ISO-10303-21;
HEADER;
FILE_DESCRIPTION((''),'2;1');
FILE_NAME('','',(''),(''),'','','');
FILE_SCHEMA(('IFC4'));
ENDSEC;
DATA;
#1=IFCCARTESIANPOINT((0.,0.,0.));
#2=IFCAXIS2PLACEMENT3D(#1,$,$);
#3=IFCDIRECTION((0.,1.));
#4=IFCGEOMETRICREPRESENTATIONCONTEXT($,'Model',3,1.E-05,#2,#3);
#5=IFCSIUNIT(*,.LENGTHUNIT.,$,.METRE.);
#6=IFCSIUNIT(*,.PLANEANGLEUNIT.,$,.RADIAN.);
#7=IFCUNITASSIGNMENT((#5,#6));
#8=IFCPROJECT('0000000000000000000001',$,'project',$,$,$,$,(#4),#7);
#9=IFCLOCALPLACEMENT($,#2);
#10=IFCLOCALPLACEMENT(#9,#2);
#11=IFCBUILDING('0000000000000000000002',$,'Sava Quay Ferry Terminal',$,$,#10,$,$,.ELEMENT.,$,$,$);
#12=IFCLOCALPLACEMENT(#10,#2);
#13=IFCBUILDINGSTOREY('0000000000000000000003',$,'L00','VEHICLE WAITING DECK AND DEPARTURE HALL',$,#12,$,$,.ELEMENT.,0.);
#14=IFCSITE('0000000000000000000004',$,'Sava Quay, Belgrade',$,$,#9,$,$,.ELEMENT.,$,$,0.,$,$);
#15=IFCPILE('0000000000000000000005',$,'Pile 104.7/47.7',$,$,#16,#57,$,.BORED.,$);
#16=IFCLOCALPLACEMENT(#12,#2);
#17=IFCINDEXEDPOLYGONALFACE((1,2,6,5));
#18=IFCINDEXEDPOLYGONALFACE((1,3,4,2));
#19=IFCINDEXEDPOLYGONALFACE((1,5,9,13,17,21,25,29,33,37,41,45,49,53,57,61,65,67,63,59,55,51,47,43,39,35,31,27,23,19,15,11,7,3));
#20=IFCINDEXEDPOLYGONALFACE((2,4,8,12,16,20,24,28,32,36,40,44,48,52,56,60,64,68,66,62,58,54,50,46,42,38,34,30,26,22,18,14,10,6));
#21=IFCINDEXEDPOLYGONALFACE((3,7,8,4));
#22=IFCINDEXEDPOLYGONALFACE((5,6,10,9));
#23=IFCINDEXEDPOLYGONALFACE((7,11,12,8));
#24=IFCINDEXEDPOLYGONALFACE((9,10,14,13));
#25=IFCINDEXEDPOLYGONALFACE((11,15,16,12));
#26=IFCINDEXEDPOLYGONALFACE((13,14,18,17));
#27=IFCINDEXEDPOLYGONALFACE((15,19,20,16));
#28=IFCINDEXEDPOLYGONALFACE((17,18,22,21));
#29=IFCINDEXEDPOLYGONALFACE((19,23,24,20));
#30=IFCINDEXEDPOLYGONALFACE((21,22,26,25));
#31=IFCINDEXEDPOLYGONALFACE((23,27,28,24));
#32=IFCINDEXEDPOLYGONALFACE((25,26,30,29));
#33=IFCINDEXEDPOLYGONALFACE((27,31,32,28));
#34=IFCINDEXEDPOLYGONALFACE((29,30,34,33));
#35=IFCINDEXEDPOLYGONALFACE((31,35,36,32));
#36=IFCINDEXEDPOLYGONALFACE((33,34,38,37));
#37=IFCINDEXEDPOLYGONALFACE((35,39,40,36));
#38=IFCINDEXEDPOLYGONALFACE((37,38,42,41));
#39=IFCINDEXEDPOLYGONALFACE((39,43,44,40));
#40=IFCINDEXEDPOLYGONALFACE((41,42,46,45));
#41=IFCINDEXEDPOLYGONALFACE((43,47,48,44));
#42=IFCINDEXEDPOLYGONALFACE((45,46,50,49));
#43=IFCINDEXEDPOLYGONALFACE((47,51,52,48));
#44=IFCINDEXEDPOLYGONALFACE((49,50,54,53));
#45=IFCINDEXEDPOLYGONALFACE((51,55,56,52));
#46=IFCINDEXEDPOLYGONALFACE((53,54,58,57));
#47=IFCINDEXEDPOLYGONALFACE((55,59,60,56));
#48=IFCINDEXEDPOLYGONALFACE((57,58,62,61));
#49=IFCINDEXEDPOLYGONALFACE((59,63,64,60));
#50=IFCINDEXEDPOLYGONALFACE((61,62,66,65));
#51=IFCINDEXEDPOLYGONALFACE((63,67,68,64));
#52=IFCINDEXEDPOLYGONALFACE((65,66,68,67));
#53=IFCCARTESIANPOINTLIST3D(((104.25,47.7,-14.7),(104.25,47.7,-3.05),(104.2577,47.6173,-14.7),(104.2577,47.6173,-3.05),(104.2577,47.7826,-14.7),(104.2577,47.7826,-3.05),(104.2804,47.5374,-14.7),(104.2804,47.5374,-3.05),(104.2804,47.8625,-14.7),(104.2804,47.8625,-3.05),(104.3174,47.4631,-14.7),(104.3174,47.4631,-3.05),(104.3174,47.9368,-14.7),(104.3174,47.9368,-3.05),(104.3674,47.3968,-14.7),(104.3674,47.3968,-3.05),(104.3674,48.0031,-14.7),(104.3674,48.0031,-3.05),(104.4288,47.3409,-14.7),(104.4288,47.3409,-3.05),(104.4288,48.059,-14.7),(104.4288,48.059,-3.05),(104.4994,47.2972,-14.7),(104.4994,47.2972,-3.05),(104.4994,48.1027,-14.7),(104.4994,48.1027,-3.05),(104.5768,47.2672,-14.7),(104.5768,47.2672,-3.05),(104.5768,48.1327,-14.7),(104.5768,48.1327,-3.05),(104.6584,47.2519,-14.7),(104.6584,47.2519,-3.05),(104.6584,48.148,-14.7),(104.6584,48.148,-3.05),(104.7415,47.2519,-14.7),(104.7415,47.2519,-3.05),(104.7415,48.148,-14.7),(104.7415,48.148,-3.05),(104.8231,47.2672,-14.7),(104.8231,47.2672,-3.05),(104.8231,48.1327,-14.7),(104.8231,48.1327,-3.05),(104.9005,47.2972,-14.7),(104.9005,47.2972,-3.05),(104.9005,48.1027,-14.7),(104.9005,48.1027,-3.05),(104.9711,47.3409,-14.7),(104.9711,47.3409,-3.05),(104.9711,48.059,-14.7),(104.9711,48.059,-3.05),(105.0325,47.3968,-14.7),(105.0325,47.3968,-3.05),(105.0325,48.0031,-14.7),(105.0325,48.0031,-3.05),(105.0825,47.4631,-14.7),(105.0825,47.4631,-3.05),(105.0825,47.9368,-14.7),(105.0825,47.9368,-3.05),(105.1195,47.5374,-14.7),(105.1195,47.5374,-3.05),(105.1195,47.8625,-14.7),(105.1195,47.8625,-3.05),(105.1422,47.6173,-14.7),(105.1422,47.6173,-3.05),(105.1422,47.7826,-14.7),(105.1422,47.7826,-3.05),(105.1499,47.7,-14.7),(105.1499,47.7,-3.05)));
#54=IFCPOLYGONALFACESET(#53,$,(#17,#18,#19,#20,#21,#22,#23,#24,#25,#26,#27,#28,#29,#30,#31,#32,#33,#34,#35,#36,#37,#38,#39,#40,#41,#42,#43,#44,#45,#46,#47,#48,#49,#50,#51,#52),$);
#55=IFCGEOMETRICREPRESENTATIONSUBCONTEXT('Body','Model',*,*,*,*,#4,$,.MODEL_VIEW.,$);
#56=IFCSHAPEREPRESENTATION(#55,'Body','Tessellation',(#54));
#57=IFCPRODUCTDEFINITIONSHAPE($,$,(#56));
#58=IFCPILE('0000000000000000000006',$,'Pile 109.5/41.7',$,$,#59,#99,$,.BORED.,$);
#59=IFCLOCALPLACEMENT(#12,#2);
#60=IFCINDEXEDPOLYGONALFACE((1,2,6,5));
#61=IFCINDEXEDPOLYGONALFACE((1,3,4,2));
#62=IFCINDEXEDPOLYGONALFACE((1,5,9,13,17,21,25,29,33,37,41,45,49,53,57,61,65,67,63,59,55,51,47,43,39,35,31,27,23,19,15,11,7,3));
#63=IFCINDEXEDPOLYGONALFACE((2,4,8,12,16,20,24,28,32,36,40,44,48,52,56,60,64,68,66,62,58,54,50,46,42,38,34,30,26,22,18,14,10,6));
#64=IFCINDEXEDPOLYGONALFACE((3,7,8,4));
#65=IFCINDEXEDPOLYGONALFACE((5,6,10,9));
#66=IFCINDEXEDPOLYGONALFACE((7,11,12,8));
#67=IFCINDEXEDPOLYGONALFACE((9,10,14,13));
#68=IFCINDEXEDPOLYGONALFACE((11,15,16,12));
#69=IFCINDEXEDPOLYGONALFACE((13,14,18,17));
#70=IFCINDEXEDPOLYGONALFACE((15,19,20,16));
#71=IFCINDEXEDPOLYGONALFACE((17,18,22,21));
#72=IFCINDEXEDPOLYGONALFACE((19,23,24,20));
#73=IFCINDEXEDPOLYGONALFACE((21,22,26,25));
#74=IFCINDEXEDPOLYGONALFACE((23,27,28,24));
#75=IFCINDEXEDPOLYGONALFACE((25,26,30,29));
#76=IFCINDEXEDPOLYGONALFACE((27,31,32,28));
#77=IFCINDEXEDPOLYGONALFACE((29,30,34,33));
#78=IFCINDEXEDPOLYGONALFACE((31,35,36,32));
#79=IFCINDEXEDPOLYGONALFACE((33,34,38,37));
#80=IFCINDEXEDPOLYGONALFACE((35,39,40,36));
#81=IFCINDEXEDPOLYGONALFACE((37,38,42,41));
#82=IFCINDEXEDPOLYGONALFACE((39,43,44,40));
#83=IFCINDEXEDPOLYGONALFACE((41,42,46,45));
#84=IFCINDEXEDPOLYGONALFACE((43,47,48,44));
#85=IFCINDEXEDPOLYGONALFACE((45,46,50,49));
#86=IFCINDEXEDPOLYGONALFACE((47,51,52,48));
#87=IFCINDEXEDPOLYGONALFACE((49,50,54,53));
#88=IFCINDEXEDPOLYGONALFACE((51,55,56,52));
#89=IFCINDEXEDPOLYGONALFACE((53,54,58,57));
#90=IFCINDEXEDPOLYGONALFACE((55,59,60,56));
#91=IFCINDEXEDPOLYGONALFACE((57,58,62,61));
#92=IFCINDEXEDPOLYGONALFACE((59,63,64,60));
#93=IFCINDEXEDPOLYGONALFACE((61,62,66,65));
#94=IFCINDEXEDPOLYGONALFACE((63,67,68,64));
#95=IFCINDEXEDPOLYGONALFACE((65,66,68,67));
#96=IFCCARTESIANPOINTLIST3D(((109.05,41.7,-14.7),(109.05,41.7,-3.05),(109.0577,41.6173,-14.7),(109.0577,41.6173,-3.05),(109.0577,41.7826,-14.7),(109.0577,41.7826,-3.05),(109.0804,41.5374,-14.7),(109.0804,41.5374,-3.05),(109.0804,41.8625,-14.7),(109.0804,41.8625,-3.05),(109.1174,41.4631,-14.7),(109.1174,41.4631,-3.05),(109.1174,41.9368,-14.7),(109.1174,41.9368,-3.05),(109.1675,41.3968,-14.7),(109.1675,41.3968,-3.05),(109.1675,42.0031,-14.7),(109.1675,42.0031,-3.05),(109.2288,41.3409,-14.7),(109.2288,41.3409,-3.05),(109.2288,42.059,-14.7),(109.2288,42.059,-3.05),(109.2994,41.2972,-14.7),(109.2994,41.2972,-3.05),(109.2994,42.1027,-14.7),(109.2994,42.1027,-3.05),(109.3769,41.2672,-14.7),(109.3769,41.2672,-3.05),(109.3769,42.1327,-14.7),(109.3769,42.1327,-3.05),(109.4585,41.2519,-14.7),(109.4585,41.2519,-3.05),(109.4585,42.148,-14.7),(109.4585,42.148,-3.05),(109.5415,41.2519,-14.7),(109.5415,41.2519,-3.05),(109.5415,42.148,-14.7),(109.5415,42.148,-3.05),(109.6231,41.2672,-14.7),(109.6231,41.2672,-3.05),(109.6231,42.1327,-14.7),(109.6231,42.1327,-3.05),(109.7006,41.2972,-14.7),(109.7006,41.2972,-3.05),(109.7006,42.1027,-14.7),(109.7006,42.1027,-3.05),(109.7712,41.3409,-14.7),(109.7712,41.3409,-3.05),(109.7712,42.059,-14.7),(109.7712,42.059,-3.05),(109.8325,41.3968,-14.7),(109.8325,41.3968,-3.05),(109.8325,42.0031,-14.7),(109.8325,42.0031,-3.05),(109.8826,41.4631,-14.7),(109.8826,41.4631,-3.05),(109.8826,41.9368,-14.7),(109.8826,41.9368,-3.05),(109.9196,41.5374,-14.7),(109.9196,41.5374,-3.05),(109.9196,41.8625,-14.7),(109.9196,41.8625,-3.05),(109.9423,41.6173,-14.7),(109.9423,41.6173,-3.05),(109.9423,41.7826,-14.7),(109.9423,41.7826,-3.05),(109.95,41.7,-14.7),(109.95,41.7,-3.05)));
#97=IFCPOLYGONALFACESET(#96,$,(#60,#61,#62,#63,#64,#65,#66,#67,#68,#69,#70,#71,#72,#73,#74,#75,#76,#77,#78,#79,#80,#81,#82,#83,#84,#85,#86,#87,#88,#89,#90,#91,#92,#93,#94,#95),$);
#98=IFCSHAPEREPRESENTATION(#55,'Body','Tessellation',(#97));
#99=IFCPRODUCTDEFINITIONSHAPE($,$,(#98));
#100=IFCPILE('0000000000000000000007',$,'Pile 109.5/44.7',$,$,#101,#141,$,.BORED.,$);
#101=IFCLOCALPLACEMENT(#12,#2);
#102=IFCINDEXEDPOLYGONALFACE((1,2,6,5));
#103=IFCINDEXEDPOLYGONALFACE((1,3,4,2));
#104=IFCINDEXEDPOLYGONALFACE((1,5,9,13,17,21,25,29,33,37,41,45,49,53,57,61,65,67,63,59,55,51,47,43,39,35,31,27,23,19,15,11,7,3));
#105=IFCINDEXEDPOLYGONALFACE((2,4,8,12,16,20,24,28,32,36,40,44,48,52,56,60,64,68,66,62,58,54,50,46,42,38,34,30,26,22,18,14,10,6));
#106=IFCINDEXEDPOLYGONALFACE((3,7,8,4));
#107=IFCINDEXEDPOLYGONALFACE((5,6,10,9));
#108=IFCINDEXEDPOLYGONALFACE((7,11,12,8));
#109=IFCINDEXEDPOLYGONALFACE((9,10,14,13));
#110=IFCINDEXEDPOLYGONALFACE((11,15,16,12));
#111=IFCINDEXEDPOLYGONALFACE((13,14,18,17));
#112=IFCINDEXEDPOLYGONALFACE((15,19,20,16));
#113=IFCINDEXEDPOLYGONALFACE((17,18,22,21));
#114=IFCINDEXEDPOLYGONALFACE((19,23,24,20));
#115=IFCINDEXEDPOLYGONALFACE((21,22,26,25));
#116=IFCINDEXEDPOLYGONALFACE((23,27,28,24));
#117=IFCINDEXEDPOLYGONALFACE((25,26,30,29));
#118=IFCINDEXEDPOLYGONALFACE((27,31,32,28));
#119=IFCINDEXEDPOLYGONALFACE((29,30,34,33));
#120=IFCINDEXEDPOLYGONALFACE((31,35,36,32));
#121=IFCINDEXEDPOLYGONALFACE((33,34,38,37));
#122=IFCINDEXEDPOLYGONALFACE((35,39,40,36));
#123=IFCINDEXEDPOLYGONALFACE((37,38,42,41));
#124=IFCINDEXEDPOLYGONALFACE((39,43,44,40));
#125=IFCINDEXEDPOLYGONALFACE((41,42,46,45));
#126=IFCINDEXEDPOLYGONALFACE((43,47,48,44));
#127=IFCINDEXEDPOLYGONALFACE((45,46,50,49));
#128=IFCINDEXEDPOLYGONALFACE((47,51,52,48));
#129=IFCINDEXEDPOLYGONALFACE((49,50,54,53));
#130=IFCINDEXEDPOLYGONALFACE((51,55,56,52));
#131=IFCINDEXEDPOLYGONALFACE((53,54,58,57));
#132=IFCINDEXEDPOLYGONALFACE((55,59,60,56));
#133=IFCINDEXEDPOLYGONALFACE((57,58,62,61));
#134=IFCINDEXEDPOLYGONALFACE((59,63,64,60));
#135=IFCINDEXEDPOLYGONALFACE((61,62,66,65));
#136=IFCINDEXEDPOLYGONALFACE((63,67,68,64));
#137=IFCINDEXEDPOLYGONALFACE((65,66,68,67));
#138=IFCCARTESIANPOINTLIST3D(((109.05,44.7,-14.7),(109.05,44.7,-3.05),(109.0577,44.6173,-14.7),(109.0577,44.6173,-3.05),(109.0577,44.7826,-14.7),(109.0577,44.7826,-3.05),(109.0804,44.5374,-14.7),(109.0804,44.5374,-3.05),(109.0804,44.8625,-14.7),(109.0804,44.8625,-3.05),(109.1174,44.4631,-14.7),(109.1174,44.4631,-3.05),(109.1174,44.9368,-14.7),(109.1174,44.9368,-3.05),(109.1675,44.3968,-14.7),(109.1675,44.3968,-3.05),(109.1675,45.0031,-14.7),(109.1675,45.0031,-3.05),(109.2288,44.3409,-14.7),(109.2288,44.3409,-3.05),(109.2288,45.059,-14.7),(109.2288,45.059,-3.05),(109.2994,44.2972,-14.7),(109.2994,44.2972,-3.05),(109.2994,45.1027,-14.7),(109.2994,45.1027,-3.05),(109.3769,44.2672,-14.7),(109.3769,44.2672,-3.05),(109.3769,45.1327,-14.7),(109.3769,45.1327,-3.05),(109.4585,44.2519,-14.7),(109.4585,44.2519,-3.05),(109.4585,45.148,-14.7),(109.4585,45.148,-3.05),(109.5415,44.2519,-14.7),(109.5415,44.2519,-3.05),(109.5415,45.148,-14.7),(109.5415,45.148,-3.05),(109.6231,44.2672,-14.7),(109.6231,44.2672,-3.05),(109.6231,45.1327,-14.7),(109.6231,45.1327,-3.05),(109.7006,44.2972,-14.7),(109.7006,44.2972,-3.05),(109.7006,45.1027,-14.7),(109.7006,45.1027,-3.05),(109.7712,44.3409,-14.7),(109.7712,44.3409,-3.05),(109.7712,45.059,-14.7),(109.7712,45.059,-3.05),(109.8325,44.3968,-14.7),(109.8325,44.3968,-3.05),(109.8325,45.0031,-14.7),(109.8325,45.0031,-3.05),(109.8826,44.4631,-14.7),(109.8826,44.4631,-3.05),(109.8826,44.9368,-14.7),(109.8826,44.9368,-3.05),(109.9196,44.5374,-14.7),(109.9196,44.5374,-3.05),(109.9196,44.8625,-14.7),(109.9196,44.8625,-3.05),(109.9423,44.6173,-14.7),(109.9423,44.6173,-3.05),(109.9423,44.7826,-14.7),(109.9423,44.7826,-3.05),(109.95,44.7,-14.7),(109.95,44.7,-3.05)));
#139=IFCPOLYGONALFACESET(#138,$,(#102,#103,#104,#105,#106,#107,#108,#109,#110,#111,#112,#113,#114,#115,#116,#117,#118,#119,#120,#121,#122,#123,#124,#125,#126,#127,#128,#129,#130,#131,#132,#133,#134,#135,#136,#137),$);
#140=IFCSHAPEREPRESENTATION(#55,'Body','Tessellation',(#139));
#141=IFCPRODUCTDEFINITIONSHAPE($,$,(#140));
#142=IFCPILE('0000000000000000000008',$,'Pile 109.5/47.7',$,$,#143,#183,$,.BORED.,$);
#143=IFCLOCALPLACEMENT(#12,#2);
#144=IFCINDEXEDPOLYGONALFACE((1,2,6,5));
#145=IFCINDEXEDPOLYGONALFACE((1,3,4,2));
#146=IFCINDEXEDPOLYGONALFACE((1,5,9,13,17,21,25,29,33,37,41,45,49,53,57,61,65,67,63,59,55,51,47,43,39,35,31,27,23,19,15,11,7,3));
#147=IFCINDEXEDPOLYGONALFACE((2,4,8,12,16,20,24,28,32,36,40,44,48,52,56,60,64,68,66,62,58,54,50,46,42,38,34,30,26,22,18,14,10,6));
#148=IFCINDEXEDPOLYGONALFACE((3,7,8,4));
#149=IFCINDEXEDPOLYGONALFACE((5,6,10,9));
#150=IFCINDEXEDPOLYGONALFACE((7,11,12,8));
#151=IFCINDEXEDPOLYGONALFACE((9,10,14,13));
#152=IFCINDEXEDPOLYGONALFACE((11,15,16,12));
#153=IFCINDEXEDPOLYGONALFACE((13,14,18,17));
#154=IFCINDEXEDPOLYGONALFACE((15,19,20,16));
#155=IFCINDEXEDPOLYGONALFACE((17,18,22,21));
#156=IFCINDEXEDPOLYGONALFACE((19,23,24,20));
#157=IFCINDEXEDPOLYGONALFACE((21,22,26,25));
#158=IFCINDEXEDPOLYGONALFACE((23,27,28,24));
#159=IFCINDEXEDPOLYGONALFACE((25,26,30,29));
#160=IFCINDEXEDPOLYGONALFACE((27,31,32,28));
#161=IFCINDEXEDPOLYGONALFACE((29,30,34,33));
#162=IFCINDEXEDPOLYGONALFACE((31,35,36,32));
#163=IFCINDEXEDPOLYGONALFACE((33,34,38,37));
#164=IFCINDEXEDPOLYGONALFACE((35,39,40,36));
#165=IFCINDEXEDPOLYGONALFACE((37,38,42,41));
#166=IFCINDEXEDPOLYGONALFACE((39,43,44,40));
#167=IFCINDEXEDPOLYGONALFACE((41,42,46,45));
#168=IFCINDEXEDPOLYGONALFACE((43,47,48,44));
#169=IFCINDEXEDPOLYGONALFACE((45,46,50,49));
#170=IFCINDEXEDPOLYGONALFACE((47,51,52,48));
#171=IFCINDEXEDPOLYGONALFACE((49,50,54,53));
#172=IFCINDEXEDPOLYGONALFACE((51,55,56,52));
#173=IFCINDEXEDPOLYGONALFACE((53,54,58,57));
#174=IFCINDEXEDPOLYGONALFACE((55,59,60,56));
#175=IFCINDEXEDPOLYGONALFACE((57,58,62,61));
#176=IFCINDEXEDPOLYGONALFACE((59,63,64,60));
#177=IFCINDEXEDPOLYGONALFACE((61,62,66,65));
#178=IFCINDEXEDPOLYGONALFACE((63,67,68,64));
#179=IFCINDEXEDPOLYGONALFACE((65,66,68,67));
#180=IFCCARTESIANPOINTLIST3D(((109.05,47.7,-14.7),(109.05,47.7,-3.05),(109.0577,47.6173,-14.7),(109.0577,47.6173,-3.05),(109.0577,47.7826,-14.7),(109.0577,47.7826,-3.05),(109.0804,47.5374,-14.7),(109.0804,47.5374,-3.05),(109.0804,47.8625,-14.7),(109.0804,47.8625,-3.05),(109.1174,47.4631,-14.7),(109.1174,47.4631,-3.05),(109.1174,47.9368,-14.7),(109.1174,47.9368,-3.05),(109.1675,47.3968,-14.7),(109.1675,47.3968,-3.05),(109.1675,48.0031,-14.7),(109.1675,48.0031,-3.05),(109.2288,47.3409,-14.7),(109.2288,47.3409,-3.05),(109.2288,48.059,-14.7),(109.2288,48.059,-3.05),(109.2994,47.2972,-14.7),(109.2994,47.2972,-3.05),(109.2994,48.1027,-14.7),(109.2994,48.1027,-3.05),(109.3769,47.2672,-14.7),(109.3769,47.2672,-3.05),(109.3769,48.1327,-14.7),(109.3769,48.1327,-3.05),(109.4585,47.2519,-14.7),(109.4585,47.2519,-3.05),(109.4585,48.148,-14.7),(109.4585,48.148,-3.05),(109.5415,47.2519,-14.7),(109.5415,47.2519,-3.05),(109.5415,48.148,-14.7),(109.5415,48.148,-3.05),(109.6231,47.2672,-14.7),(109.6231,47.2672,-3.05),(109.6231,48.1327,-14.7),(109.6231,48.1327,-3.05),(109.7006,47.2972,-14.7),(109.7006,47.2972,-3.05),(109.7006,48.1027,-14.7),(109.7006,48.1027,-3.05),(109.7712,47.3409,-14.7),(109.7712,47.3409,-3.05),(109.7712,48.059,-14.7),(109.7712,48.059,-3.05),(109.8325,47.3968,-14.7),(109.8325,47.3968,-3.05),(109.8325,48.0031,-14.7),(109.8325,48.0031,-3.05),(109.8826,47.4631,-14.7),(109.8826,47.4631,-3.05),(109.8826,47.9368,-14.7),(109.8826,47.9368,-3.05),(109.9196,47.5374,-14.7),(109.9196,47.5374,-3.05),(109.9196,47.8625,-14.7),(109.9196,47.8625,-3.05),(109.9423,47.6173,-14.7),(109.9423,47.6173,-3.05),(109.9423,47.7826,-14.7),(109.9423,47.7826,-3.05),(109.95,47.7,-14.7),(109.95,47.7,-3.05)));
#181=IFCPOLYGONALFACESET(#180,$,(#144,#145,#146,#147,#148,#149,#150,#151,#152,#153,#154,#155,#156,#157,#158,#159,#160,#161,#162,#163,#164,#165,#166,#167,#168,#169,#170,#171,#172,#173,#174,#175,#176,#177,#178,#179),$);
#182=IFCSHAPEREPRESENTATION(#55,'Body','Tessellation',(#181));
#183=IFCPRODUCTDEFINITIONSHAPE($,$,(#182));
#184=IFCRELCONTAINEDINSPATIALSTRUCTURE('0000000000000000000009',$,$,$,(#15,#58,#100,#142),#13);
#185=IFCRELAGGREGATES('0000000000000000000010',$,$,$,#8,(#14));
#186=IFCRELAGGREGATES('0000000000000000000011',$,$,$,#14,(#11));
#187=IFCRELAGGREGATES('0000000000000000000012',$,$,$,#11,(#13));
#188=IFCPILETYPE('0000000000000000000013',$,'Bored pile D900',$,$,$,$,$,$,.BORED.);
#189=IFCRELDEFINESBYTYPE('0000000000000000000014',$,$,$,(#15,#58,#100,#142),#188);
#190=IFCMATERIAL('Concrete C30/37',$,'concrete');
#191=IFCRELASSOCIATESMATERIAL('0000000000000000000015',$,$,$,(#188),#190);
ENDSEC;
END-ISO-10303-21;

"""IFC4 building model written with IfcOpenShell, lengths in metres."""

from ifc_helpers import new_model, si_unit, direction, frame, origin, origin_2d, place, context, subcontext, project, spatial, circle, extrude, material, material_profile, profile_set, type_object, element, save


model = new_model("IFC4")

# Units and contexts
model_context = context("Model", 3, precision=1e-05, world=origin(), true_north=direction((0.0, 1.0)))
body_context = subcontext(model_context, "Body", "Model", "MODEL_VIEW")
ifc_project = project(units=[si_unit("LENGTHUNIT", "METRE"), si_unit("PLANEANGLEUNIT", "RADIAN")], contexts=[model_context])

# Site, building, storey
site_placement = place(None, origin())
site = spatial("IfcSite", under=ifc_project, at=site_placement, Name="Sava Quay, Belgrade", CompositionType="ELEMENT", RefElevation=0.0)
building_placement = place(site_placement, origin())
building = spatial("IfcBuilding", under=site, at=building_placement, Name="Sava Quay Ferry Terminal", CompositionType="ELEMENT")
storey_placement = place(building_placement, origin())
storey = spatial("IfcBuildingStorey", under=building, at=storey_placement, Name="L00", Description="VEHICLE WAITING DECK AND DEPARTURE HALL", CompositionType="ELEMENT", Elevation=0.0)

# Piles
ifc_material_1 = material(Name="Concrete C30/37", Category="concrete")
ifc_material_profile_1 = material_profile(ifc_material_1, circle(Radius=0.45, at=origin_2d()), Name="Bored pile D900")
ifc_profile_set_1 = profile_set([ifc_material_profile_1], Name="Concrete C30/37")
pile_type = type_object("IfcPileType", Name="Bored pile D900", PredefinedType="BORED", material=ifc_profile_set_1)
for number, where, z_axis, x_axis, name in (
    (1, (104.7, 47.7, -3.05), (0.0, 0.0, -1.0), (1.0, 0.0, 0.0), "Pile 104.7/47.7"),
    (2, (109.5, 41.7, -3.05), (0.0, 0.0, -1.0), (1.0, 0.0, 0.0), "Pile 109.5/41.7"),
    (3, (109.5, 44.7, -3.05), (0.0, 0.0, -1.0), (1.0, 0.0, 0.0), "Pile 109.5/44.7"),
    (4, (109.5, 47.7, -3.05), (0.0, 0.0, -1.0), (1.0, 0.0, 0.0), "Pile 109.5/47.7"),
):
    element("IfcPile", number, at=place(storey_placement, frame(where, z_axis=z_axis, x_axis=x_axis)), inside=storey, type_object=pile_type, Name=name, PredefinedType="BORED", context=body_context, shape_type="SweptSolid", body=[
        extrude(circle(Radius=0.45, at=origin_2d()), origin(), (0.0, 0.0, 1.0), 11.6499),
    ])

save(model, "model.ifc")
